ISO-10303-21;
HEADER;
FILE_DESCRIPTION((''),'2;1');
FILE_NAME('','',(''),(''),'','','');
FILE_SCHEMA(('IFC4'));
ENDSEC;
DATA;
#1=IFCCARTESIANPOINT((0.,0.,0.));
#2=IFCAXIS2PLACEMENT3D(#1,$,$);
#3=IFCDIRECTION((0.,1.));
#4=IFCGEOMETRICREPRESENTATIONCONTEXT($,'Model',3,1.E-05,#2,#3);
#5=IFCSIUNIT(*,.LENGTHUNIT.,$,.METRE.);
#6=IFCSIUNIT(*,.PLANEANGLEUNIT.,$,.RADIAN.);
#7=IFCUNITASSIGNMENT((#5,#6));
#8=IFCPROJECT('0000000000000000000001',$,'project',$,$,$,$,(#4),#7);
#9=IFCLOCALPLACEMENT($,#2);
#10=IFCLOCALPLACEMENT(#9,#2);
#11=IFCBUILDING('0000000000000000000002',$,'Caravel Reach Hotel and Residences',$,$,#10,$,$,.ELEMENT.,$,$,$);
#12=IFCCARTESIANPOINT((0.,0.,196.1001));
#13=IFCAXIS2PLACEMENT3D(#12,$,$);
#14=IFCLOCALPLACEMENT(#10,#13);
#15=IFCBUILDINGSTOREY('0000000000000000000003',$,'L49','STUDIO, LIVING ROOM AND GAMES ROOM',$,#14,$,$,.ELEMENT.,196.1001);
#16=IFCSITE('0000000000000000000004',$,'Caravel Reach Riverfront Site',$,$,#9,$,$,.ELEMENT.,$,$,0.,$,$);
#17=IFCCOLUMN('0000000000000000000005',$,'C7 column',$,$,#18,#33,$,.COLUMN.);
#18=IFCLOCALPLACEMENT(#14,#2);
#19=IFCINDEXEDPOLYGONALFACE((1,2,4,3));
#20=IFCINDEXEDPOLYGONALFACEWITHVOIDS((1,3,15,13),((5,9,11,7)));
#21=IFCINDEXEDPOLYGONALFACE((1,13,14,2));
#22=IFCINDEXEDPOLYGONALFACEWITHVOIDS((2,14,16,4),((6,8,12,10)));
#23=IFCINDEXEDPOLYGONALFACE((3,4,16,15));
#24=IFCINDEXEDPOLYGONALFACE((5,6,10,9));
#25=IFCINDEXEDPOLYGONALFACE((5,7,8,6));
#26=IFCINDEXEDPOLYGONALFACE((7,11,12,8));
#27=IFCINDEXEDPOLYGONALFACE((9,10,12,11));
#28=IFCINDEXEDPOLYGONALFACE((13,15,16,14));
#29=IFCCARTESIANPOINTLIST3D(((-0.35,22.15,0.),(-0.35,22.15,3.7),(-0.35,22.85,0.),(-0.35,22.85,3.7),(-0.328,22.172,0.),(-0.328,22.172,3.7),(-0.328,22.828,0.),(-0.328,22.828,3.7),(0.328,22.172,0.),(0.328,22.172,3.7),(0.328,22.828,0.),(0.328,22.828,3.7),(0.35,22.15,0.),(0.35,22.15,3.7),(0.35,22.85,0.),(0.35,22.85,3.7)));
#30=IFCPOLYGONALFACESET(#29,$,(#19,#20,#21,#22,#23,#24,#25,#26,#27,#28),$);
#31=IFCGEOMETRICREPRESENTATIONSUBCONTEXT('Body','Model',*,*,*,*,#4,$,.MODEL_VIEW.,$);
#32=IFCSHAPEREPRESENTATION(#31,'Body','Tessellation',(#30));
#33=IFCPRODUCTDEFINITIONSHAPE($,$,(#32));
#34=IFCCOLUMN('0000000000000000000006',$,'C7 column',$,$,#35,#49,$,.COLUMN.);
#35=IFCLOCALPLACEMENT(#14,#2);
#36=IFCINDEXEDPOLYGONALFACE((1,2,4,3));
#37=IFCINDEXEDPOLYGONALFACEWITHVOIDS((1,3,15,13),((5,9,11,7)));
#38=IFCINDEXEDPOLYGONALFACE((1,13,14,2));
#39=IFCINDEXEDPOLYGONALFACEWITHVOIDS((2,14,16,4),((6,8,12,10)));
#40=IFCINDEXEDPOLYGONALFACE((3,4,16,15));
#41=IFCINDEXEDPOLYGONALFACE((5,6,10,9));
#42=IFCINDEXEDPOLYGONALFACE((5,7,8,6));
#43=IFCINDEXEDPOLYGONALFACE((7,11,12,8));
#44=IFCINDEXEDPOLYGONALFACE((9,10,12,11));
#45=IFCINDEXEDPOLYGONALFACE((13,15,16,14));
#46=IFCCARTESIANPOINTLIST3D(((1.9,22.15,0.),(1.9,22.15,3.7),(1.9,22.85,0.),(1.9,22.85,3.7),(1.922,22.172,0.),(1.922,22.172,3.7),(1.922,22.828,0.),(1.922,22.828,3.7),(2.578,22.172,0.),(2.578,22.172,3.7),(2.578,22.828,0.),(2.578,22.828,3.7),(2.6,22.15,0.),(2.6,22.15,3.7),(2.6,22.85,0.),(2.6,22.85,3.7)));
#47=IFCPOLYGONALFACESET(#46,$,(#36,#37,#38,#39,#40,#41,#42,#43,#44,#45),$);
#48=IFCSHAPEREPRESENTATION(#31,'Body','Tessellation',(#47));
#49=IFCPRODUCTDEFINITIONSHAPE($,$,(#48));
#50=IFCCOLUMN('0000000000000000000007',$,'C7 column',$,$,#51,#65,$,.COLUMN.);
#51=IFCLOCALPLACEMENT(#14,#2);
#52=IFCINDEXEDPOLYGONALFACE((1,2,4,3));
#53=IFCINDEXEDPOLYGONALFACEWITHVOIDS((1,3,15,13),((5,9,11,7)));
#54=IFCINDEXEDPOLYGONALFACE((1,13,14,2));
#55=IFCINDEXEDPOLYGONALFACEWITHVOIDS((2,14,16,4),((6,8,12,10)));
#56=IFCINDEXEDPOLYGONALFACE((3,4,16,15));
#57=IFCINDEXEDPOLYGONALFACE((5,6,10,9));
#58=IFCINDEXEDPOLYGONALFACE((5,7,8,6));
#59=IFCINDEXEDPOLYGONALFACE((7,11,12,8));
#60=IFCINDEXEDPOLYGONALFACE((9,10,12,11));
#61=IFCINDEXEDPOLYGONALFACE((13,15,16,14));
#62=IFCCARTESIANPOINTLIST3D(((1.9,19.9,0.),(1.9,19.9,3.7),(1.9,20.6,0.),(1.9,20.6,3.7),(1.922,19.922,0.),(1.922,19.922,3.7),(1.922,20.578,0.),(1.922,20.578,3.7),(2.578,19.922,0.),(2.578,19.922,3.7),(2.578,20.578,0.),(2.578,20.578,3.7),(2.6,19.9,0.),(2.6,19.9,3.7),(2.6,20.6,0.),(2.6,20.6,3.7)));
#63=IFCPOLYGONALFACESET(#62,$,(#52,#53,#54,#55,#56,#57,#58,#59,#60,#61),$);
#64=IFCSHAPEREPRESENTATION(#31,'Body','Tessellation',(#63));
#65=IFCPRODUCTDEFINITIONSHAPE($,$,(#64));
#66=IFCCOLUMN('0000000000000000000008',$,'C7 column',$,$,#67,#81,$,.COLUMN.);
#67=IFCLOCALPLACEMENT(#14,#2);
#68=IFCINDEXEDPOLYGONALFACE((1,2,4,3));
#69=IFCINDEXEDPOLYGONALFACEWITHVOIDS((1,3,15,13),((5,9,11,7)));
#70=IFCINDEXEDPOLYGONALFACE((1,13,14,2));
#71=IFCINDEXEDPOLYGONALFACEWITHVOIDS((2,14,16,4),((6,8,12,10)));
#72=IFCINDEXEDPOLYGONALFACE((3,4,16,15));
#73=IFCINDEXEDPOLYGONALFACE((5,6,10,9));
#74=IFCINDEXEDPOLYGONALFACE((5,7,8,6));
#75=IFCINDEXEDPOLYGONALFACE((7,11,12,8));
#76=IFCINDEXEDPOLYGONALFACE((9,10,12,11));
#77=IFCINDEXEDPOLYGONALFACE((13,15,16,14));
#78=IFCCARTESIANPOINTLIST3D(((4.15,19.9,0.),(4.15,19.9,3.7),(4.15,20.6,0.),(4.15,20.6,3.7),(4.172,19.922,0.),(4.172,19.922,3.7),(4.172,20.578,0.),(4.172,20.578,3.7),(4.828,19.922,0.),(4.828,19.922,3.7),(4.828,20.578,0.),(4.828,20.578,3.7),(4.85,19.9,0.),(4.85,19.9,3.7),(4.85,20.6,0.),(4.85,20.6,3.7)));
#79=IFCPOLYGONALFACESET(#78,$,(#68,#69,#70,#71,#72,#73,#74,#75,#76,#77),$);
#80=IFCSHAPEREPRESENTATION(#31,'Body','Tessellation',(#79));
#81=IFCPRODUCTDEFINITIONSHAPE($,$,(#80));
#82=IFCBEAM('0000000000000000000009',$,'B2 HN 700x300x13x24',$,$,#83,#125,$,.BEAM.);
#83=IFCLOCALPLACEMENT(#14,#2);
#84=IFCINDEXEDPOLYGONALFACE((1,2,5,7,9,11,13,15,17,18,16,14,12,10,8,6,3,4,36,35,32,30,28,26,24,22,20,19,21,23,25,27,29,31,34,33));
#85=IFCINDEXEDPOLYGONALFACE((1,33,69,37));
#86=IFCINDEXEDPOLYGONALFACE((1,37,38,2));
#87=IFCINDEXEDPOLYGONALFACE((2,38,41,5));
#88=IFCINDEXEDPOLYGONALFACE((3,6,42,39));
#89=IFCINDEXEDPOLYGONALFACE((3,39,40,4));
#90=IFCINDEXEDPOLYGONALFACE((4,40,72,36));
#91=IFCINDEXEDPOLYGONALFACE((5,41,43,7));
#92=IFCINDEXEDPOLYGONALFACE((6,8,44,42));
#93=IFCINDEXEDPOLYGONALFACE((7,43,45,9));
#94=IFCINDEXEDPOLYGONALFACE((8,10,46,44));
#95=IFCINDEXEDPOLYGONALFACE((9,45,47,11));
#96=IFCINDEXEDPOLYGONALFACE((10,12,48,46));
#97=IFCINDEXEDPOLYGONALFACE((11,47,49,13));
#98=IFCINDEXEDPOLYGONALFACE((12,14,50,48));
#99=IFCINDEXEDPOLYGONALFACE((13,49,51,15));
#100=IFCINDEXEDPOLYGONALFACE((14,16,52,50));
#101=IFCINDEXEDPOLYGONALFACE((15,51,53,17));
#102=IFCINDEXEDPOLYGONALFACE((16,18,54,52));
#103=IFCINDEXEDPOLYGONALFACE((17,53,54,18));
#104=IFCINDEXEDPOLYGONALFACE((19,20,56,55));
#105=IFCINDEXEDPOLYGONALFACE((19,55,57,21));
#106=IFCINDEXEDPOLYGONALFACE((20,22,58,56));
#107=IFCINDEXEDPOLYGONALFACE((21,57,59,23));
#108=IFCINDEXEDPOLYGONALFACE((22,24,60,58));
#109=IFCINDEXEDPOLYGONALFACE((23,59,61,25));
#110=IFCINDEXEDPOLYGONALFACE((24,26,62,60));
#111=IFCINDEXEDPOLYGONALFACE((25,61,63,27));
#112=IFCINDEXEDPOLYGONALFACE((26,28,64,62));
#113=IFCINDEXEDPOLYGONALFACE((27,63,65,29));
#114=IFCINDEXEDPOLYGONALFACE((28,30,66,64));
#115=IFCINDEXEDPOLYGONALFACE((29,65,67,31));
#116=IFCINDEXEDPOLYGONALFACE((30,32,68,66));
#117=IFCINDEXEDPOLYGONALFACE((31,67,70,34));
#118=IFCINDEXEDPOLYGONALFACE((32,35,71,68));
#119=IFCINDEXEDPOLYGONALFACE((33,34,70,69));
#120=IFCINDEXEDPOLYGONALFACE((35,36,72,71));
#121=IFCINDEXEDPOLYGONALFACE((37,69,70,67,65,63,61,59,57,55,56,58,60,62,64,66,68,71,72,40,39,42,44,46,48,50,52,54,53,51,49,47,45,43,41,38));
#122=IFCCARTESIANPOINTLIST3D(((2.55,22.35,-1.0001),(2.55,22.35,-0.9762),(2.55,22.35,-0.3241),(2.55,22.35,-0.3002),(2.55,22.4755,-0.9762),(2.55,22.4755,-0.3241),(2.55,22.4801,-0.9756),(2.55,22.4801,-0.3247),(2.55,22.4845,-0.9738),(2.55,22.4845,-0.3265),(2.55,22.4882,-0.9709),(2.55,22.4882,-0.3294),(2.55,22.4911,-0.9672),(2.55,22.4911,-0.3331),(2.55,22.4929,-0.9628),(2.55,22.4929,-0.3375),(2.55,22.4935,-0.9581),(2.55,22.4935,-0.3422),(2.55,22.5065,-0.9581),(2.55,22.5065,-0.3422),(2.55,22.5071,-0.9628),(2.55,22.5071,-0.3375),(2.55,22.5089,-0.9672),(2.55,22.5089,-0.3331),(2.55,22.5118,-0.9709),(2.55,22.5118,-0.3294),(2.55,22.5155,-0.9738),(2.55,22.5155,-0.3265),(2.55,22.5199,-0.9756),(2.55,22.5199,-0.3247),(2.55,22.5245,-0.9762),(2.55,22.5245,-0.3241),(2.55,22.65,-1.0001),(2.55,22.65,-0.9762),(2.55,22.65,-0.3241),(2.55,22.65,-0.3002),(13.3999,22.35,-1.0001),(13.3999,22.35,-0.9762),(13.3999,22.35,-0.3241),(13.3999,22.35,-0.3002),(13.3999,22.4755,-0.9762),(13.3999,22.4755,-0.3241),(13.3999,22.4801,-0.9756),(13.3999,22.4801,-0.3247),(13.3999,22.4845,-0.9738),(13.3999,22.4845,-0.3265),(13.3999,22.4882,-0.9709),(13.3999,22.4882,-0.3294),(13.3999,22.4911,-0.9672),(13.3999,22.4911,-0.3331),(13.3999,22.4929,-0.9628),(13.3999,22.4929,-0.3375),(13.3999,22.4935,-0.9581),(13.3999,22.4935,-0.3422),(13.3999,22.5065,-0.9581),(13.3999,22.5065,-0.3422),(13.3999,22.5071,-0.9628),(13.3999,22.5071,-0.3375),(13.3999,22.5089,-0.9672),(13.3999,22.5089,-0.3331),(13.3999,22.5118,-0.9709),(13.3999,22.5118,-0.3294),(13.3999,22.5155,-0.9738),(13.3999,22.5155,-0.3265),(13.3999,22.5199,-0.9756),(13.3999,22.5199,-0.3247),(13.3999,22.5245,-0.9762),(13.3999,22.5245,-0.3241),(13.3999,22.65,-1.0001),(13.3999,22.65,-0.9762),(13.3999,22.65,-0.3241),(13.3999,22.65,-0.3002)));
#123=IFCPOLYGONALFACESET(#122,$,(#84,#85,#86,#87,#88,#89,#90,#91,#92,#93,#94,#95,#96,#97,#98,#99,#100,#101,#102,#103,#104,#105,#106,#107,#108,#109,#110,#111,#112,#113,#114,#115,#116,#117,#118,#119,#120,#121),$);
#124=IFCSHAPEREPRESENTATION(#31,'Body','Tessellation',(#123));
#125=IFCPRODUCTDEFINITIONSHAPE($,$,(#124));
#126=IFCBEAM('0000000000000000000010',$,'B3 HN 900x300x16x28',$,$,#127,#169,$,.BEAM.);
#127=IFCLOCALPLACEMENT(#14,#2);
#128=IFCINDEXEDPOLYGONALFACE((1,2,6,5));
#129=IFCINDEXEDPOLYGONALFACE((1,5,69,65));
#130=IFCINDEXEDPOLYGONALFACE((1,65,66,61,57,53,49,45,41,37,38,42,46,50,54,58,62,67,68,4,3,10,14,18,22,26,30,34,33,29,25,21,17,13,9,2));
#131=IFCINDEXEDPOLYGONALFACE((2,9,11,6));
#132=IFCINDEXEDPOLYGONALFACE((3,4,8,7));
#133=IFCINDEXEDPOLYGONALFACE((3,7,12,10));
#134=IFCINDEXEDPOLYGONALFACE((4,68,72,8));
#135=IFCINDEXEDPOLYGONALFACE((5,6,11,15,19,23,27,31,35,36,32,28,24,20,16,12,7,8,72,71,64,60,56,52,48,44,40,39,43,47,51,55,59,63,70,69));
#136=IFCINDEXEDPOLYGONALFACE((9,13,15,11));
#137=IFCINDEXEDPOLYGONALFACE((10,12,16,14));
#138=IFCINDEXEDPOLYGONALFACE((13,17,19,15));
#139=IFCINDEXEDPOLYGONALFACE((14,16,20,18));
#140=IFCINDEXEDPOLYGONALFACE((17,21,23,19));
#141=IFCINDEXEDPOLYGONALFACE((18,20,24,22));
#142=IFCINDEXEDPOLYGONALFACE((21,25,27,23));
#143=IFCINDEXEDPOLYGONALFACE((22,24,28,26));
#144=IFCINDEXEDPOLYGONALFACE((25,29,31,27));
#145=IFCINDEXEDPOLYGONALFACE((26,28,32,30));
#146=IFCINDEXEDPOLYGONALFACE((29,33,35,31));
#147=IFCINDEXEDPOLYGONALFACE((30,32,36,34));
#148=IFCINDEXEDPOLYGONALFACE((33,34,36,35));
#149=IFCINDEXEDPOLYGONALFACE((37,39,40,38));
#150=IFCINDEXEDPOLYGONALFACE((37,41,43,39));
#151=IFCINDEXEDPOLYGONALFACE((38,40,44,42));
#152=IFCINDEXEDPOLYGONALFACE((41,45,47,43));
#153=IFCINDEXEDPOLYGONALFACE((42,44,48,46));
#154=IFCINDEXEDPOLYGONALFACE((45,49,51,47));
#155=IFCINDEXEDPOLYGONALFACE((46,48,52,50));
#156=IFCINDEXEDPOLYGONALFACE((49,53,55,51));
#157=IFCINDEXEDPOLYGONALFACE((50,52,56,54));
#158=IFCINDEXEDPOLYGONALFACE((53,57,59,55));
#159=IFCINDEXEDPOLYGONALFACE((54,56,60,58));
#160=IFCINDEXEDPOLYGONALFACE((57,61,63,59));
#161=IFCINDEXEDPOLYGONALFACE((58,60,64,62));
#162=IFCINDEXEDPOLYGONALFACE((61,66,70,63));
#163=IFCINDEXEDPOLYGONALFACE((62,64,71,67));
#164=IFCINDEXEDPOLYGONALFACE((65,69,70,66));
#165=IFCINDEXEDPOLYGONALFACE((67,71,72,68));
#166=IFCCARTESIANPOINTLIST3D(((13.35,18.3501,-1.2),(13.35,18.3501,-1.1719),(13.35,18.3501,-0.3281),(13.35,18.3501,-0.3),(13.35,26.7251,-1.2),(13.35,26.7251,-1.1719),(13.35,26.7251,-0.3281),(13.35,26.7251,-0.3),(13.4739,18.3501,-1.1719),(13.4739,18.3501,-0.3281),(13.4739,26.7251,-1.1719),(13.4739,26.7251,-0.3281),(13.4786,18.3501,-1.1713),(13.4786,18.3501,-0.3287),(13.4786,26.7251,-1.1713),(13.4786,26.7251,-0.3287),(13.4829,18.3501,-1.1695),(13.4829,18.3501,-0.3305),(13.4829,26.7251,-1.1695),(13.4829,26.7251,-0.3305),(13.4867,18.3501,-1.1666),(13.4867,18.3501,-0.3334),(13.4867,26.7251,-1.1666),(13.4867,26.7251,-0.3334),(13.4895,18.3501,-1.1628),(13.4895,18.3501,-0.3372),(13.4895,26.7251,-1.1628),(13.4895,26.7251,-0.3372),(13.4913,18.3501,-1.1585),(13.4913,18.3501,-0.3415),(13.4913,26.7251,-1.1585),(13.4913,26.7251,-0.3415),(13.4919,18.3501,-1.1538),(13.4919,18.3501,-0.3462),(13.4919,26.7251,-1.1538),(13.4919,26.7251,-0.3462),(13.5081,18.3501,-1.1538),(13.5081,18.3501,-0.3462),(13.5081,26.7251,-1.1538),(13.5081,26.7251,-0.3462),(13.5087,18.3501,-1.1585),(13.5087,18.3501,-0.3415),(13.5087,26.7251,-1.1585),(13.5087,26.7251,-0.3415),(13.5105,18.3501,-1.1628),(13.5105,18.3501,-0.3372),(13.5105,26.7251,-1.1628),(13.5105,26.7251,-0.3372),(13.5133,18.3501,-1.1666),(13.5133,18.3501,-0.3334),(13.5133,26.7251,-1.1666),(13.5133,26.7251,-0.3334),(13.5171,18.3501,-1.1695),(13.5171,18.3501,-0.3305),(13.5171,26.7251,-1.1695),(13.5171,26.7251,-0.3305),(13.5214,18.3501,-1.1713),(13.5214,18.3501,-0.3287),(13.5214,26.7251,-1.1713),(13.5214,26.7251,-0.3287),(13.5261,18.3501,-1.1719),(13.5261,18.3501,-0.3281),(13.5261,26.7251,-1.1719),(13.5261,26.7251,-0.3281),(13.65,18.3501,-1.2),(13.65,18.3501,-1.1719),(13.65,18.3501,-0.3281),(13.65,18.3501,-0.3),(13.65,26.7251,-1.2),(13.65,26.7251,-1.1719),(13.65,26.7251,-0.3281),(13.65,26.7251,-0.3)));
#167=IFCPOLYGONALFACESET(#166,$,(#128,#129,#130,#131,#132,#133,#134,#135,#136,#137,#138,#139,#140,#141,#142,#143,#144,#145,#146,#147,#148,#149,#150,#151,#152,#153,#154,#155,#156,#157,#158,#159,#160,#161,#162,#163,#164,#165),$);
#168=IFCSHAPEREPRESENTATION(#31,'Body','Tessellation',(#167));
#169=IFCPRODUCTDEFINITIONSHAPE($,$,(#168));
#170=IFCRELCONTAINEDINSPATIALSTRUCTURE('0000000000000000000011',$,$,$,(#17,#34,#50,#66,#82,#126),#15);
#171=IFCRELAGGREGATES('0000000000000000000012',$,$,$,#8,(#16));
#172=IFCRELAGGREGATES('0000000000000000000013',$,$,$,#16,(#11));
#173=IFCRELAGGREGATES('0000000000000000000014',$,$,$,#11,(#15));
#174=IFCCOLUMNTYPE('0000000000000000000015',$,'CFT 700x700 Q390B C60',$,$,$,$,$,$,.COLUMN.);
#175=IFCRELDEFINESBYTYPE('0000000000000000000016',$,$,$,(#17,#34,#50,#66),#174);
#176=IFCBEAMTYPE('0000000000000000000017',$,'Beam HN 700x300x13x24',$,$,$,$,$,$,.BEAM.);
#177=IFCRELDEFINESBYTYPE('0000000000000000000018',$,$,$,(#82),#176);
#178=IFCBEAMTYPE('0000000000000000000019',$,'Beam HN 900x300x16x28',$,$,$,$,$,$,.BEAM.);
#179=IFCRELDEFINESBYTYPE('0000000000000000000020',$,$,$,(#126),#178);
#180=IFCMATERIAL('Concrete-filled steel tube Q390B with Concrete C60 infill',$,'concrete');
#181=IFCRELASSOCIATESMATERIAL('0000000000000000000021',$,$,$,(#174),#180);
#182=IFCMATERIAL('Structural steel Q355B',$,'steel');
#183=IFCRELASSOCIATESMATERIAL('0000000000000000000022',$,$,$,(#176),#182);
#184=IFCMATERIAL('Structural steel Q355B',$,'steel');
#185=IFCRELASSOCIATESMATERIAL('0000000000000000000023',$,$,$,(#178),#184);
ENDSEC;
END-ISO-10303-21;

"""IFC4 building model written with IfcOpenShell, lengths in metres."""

from ifc_helpers import new_model, si_unit, direction, frame, origin, origin_2d, place, context, subcontext, project, spatial, hollow_rectangle, i_section, extrude, material, material_profile, profile_set, type_object, element, save


model = new_model("IFC4")

# Units and contexts
model_context = context("Model", 3, precision=1e-05, world=origin(), true_north=direction((0.0, 1.0)))
body_context = subcontext(model_context, "Body", "Model", "MODEL_VIEW")
ifc_project = project(units=[si_unit("LENGTHUNIT", "METRE"), si_unit("PLANEANGLEUNIT", "RADIAN")], contexts=[model_context])

# Site, building, storey
site_placement = place(None, origin())
site = spatial("IfcSite", under=ifc_project, at=site_placement, Name="Caravel Reach Riverfront Site", CompositionType="ELEMENT", RefElevation=0.0)
building_placement = place(site_placement, origin())
building = spatial("IfcBuilding", under=site, at=building_placement, Name="Caravel Reach Hotel and Residences", CompositionType="ELEMENT")
storey_placement = place(building_placement, frame((0.0, 0.0, 196.1001)))
storey = spatial("IfcBuildingStorey", under=building, at=storey_placement, Name="L49", Description="STUDIO, LIVING ROOM AND GAMES ROOM", CompositionType="ELEMENT", Elevation=196.1001)

# Columns
ifc_material_1 = material(Name="Concrete-filled steel tube Q390B with Concrete C60 infill", Category="concrete")
ifc_material_profile_1 = material_profile(ifc_material_1, hollow_rectangle(XDim=0.7, YDim=0.7, WallThickness=0.022, at=origin_2d()), Name="RHS 700x700x22")
ifc_profile_set_1 = profile_set([ifc_material_profile_1], Name="Concrete-filled steel tube Q390B with Concrete C60 infill")
column_type = type_object("IfcColumnType", Name="CFT 700x700 Q390B C60", PredefinedType="COLUMN", material=ifc_profile_set_1)
for number, where, z_axis, x_axis, name in (
    (1, (0.0, 22.5, 0.0), (0.0, 0.0, 1.0), (1.0, 0.0, 0.0), "C7 column"),
    (2, (2.25, 22.5, 0.0), (0.0, 0.0, 1.0), (1.0, 0.0, 0.0), "C7 column"),
    (3, (2.25, 20.25, 0.0), (0.0, 0.0, 1.0), (1.0, 0.0, 0.0), "C7 column"),
    (4, (4.5, 20.25, 0.0), (0.0, 0.0, 1.0), (1.0, 0.0, 0.0), "C7 column"),
):
    element("IfcColumn", number, at=place(storey_placement, frame(where, z_axis=z_axis, x_axis=x_axis)), inside=storey, type_object=column_type, Name=name, PredefinedType="COLUMN", context=body_context, shape_type="SweptSolid", body=[
        extrude(hollow_rectangle(XDim=0.7, YDim=0.7, WallThickness=0.022, at=origin_2d()), origin(), (0.0, 0.0, 1.0), 3.7),
    ])

# Beams
ifc_material_2 = material(Name="Structural steel Q355B", Category="steel")
ifc_material_profile_2 = material_profile(ifc_material_2, i_section(OverallWidth=0.3, OverallDepth=0.7, WebThickness=0.0129, FlangeThickness=0.0239, FilletRadius=0.0181, at=origin_2d()), Name="HN 700x300x13x24")
ifc_profile_set_2 = profile_set([ifc_material_profile_2], Name="Structural steel Q355B")
beam_type_1 = type_object("IfcBeamType", Name="Beam HN 700x300x13x24", PredefinedType="BEAM", material=ifc_profile_set_2)
beam_1_placement = place(storey_placement, frame((13.3999, 22.5, -0.6501), z_axis=(-1.0, 0.0, 0.0), x_axis=(0.0, -1.0, 0.0)))
element("IfcBeam", 5, at=beam_1_placement, inside=storey, type_object=beam_type_1, Name="B2 HN 700x300x13x24", PredefinedType="BEAM", context=body_context, shape_type="SweptSolid", body=[
    extrude(i_section(OverallWidth=0.3, OverallDepth=0.7, WebThickness=0.0129, FlangeThickness=0.0239, FilletRadius=0.0181, at=origin_2d()), origin(), (0.0, 0.0, 1.0), 10.8499),
])
ifc_material_3 = material(Name="Structural steel Q355B", Category="steel")
ifc_material_profile_3 = material_profile(ifc_material_3, i_section(OverallWidth=0.3, OverallDepth=0.8999, WebThickness=0.0161, FlangeThickness=0.0281, FilletRadius=0.0181, at=origin_2d()), Name="HN 900x300x16x28")
ifc_profile_set_3 = profile_set([ifc_material_profile_3], Name="Structural steel Q355B")
beam_type_2 = type_object("IfcBeamType", Name="Beam HN 900x300x16x28", PredefinedType="BEAM", material=ifc_profile_set_3)
beam_2_placement = place(storey_placement, frame((13.5, 18.3501, -0.75), z_axis=(0.0, 1.0, 0.0), x_axis=(-1.0, 0.0, 0.0)))
element("IfcBeam", 6, at=beam_2_placement, inside=storey, type_object=beam_type_2, Name="B3 HN 900x300x16x28", PredefinedType="BEAM", context=body_context, shape_type="SweptSolid", body=[
    extrude(i_section(OverallWidth=0.3, OverallDepth=0.8999, WebThickness=0.0161, FlangeThickness=0.0281, FilletRadius=0.0181, at=origin_2d()), origin(), (0.0, 0.0, 1.0), 8.375),
])

save(model, "model.ifc")
